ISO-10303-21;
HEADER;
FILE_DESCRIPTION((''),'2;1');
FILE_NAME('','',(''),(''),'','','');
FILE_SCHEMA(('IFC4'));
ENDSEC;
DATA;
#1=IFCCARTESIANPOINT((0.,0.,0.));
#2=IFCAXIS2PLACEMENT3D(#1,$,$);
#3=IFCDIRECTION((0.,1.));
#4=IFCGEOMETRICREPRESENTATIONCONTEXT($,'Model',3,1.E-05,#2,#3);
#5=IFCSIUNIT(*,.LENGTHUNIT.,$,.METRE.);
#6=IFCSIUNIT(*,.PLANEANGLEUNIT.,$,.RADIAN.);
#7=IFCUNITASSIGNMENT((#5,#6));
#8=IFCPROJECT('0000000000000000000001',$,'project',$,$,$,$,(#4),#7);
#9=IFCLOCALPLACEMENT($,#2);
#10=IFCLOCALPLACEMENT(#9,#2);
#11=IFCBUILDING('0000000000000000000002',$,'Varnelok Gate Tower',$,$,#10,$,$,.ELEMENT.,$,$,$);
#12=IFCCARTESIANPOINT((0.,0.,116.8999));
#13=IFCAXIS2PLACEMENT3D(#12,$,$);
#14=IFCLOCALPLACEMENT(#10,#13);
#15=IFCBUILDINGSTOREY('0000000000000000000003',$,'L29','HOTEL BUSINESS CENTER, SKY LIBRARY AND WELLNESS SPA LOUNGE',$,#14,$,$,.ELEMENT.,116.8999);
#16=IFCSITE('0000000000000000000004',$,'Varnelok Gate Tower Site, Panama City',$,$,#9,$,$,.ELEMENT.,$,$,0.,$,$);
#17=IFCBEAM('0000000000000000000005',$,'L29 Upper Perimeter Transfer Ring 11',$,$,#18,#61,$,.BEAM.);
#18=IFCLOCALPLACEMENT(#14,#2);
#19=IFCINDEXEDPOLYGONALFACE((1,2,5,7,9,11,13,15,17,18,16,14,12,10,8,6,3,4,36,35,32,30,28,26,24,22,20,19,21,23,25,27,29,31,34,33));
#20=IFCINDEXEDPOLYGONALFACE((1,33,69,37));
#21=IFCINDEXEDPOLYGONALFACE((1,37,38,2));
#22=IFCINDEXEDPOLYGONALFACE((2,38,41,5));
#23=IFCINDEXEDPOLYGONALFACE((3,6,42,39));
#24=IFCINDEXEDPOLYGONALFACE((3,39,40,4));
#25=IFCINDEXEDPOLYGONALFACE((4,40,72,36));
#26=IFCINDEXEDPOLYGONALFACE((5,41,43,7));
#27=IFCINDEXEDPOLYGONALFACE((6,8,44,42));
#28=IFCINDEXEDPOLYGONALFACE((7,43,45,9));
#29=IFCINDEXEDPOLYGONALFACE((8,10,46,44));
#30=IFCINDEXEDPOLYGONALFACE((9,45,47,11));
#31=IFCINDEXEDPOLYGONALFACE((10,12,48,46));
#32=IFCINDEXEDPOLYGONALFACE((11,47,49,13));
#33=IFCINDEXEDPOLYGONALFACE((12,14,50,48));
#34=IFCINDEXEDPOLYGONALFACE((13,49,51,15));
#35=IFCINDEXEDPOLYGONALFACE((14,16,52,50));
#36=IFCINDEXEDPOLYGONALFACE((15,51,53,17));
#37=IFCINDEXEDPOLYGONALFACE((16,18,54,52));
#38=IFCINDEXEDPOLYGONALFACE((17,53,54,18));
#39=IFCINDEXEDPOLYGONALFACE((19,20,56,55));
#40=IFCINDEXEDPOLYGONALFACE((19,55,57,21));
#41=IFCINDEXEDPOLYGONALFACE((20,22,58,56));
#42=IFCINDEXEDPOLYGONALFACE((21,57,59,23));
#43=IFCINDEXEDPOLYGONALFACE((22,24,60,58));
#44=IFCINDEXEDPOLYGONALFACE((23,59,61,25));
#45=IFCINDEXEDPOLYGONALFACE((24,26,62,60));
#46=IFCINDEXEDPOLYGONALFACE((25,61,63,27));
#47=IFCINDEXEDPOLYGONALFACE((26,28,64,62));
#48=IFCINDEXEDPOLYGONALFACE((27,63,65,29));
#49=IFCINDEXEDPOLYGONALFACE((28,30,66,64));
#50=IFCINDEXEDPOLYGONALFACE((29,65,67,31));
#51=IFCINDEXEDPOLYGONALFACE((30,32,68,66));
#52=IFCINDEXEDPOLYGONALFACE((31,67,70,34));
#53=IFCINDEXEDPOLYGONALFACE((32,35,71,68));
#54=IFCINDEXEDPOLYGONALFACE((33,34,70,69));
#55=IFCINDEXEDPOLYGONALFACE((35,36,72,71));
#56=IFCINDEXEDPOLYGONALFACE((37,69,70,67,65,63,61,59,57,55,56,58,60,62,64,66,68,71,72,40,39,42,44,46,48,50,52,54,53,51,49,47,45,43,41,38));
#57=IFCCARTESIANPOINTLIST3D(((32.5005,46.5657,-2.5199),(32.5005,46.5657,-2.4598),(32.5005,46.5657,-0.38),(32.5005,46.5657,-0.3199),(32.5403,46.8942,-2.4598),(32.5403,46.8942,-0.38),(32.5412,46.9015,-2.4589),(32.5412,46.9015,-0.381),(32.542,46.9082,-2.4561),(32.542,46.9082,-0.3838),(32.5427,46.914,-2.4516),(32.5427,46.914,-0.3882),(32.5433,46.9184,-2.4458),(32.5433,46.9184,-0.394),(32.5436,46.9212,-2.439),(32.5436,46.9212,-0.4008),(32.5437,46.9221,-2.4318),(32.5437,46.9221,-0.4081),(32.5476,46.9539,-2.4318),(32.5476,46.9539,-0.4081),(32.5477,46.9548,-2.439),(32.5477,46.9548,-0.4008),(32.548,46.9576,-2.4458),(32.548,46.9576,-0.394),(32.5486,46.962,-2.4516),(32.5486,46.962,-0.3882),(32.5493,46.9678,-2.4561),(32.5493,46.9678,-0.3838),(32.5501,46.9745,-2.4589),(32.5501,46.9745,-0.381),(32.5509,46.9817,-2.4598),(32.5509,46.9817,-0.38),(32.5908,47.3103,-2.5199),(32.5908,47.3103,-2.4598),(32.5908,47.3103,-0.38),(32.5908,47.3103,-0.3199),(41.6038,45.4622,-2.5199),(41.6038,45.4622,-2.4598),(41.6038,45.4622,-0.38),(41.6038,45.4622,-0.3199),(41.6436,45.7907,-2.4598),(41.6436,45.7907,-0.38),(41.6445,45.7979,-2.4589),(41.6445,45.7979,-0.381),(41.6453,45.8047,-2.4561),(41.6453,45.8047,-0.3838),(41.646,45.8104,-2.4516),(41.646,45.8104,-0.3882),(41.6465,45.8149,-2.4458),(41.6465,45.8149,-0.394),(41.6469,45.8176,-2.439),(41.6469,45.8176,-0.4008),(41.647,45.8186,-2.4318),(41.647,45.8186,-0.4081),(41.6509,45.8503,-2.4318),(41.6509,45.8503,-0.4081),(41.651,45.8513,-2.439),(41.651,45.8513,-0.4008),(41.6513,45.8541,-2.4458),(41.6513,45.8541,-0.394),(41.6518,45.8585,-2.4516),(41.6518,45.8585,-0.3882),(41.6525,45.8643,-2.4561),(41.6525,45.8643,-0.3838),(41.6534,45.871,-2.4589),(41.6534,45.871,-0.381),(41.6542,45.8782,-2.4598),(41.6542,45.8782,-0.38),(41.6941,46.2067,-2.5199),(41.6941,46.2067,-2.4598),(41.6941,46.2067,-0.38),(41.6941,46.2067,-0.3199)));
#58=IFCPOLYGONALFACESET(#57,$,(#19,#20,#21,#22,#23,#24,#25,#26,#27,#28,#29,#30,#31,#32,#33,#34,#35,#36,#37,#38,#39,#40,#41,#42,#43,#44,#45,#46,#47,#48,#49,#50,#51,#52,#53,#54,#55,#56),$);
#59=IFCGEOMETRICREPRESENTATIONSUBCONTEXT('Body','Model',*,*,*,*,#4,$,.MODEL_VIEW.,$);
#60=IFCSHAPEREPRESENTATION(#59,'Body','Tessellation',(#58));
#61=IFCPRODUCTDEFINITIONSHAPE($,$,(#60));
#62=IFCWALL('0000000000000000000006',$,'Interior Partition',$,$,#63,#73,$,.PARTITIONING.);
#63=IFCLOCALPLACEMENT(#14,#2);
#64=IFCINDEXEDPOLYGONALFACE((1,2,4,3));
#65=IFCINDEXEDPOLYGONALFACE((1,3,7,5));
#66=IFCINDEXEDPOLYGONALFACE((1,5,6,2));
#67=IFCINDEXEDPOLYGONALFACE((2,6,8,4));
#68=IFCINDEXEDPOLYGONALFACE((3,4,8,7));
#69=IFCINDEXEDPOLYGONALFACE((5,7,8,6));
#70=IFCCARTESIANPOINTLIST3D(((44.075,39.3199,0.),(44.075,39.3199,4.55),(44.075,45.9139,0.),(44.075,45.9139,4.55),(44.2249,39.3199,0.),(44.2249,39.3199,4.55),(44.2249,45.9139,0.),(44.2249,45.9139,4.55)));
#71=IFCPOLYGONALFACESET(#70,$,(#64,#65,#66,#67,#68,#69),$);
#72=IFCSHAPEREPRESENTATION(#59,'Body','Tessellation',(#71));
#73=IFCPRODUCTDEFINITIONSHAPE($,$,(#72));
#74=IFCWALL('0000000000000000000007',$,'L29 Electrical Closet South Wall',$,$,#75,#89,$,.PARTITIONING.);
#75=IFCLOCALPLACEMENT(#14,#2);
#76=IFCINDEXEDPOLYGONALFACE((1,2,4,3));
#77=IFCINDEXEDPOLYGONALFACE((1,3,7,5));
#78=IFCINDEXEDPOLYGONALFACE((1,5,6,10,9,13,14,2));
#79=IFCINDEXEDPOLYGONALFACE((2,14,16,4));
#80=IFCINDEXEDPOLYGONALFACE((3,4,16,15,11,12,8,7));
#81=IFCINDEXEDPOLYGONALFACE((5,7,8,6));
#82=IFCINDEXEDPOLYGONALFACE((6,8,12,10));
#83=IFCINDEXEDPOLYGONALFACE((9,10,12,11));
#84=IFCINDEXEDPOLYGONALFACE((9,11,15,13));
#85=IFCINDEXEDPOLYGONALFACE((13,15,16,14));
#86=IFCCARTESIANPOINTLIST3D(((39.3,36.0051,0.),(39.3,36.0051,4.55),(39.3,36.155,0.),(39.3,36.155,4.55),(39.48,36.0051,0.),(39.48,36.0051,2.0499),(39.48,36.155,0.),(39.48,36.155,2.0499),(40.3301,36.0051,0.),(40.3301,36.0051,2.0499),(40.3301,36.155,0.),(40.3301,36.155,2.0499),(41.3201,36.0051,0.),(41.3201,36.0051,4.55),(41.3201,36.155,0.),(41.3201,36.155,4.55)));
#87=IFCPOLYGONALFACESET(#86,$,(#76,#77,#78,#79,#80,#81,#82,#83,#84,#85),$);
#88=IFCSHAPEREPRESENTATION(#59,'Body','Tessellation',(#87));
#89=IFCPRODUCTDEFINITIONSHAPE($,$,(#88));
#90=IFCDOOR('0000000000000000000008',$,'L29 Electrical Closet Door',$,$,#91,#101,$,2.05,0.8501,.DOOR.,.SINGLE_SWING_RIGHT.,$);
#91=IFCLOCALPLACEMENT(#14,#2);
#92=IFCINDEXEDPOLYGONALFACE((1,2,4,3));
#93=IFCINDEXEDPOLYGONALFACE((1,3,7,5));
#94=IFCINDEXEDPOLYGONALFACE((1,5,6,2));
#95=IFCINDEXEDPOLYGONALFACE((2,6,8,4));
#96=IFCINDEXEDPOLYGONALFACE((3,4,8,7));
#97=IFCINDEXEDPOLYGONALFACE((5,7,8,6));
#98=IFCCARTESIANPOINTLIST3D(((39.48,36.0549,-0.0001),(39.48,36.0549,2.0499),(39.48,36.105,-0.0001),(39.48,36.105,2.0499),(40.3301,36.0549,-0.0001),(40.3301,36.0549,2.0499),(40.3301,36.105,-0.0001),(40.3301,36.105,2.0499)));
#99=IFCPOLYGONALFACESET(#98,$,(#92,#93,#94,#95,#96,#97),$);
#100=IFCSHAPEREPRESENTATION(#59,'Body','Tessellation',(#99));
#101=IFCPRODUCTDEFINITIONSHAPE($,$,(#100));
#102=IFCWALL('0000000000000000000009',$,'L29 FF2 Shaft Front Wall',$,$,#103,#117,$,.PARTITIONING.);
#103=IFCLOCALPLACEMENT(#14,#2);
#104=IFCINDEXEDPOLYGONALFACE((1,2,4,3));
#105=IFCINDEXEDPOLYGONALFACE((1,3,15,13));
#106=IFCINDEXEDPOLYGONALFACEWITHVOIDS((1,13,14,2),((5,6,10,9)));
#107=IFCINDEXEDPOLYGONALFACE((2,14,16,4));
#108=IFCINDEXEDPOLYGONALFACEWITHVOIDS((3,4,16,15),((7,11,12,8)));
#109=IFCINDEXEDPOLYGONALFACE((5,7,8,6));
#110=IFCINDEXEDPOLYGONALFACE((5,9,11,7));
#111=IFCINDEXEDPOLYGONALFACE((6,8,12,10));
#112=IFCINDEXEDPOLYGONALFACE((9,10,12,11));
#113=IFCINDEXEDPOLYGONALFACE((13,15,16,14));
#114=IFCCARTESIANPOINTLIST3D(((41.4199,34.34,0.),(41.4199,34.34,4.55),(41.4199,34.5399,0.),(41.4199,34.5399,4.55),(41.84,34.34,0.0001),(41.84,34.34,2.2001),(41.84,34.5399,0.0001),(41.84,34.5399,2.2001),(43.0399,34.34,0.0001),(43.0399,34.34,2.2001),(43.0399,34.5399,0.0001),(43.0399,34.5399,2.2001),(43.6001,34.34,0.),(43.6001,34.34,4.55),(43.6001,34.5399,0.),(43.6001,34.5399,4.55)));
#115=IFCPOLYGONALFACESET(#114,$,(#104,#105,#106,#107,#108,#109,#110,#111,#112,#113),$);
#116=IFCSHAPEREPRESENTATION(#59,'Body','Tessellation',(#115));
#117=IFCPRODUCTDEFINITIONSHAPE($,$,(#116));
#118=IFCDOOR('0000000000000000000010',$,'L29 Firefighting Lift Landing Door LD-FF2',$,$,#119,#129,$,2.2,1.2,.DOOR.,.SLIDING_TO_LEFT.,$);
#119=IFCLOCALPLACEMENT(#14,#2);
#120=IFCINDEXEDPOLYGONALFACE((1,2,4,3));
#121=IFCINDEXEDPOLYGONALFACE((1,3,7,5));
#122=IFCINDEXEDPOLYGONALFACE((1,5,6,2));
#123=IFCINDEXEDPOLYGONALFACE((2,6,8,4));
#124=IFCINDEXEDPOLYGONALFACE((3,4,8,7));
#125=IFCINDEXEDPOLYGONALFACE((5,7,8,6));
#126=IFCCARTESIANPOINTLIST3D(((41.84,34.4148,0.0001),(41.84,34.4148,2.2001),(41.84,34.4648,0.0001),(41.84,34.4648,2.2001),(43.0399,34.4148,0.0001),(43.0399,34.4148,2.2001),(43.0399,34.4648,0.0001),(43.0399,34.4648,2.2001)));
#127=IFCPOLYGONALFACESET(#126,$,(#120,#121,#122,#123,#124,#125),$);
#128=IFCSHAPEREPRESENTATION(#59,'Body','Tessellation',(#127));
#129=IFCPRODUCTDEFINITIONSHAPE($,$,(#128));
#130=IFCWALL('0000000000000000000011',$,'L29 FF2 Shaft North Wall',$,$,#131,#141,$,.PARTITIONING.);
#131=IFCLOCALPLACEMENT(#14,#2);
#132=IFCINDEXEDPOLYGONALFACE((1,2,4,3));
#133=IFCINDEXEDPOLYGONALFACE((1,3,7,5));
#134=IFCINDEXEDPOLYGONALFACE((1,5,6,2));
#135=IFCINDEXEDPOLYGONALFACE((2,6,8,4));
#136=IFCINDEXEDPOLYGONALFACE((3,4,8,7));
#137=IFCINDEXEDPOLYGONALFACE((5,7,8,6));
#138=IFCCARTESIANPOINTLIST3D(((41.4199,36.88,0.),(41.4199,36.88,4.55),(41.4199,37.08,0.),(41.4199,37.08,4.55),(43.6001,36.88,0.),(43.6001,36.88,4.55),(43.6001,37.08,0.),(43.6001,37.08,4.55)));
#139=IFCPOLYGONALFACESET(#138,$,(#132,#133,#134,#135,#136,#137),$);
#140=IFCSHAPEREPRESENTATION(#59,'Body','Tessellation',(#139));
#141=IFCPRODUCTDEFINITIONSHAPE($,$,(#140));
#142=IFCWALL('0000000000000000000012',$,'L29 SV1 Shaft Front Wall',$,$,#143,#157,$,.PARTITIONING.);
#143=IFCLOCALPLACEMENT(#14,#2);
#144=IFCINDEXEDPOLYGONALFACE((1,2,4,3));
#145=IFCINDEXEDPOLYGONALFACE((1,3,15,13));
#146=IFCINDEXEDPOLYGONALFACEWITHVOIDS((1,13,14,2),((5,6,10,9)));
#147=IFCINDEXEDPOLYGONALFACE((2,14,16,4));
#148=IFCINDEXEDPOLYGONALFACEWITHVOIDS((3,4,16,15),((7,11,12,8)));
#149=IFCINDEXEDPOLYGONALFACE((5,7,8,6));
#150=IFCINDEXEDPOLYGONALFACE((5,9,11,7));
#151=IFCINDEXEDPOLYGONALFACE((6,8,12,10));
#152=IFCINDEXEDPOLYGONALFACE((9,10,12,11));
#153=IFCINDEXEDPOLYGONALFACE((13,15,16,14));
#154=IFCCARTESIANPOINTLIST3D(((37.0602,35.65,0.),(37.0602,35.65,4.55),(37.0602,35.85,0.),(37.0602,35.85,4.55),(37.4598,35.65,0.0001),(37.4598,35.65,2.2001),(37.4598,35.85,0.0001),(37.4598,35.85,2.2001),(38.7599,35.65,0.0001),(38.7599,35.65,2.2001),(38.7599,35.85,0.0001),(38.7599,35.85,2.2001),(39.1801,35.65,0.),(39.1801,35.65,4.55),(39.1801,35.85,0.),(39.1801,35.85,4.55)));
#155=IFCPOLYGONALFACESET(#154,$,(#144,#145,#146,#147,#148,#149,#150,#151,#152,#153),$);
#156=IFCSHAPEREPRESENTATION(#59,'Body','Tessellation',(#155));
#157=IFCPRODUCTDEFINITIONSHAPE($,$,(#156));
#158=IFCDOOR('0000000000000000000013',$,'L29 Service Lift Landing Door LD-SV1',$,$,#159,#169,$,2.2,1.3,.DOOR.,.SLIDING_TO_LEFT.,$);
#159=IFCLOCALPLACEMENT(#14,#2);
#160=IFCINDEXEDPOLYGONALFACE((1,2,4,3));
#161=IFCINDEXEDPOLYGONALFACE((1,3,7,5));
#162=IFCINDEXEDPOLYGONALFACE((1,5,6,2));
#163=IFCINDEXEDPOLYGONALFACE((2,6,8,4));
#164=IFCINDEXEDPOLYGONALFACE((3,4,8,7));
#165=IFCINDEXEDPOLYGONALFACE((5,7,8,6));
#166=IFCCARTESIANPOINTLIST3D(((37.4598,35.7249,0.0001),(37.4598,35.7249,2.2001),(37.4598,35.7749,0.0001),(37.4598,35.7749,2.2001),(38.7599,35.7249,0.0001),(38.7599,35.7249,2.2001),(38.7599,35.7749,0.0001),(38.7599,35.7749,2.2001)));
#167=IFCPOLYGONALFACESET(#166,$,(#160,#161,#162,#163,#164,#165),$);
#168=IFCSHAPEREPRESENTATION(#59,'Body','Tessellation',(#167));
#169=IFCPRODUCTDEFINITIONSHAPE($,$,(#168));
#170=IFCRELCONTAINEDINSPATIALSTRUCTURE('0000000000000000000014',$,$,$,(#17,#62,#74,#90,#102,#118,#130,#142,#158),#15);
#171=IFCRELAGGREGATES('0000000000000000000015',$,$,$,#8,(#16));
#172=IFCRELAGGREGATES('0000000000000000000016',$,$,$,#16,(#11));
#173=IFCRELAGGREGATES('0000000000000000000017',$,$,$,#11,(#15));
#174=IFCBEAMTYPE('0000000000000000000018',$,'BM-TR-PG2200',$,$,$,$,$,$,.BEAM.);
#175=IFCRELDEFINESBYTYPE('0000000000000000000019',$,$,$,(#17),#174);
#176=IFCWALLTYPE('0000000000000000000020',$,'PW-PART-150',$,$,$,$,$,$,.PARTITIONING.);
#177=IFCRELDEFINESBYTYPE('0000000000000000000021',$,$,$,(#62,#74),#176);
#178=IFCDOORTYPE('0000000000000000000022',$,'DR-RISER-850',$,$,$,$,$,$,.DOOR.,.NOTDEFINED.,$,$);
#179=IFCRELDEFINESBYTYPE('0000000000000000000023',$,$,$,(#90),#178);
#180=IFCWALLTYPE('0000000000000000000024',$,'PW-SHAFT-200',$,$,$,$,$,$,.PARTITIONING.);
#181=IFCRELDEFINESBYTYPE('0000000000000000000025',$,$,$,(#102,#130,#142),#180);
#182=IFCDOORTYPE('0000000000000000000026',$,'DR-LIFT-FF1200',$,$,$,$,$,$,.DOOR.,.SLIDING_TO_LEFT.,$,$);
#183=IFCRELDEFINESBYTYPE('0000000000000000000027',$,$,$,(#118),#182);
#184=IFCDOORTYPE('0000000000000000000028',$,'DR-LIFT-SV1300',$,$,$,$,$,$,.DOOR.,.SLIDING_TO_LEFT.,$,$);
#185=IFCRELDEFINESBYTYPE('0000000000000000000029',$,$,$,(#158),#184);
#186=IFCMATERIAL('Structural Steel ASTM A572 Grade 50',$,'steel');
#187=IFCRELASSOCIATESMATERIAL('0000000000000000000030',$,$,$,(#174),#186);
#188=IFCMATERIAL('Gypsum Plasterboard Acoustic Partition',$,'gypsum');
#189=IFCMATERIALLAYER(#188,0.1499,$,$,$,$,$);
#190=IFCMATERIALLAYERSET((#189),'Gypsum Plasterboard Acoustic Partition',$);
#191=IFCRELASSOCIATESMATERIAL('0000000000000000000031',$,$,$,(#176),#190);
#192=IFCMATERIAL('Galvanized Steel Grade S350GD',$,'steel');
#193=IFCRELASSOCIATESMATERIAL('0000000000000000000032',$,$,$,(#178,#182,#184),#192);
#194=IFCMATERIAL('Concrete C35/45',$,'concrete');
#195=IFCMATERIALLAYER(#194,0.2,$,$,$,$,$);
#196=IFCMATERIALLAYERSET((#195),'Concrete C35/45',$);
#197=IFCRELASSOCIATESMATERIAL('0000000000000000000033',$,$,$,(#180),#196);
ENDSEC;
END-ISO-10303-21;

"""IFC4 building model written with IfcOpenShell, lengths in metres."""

from ifc_helpers import new_model, si_unit, direction, frame, frame_2d, origin, origin_2d, place, context, subcontext, project, spatial, rectangle, i_section, extrude, material, layer, layer_set, material_profile, profile_set, type_object, element, fill, save


model = new_model("IFC4")

# Units and contexts
model_context = context("Model", 3, precision=1e-05, world=origin(), true_north=direction((0.0, 1.0)))
body_context = subcontext(model_context, "Body", "Model", "MODEL_VIEW")
ifc_project = project(units=[si_unit("LENGTHUNIT", "METRE"), si_unit("PLANEANGLEUNIT", "RADIAN")], contexts=[model_context])

# Site, building, storey
site_placement = place(None, origin())
site = spatial("IfcSite", under=ifc_project, at=site_placement, Name="Varnelok Gate Tower Site, Panama City", CompositionType="ELEMENT", RefElevation=0.0)
building_placement = place(site_placement, origin())
building = spatial("IfcBuilding", under=site, at=building_placement, Name="Varnelok Gate Tower", CompositionType="ELEMENT")
storey_placement = place(building_placement, frame((0.0, 0.0, 116.8999)))
storey = spatial("IfcBuildingStorey", under=building, at=storey_placement, Name="L29", Description="HOTEL BUSINESS CENTER, SKY LIBRARY AND WELLNESS SPA LOUNGE", CompositionType="ELEMENT", Elevation=116.8999)

# Beam
ifc_material_1 = material(Name="Structural Steel ASTM A572 Grade 50", Category="steel")
ifc_material_profile_1 = material_profile(ifc_material_1, i_section(OverallWidth=0.75, OverallDepth=2.2, WebThickness=0.032, FlangeThickness=0.0601, FilletRadius=0.0281, at=origin_2d()), Name="PG2200X750")
ifc_profile_set_1 = profile_set([ifc_material_profile_1], Name="Structural Steel ASTM A572 Grade 50")
beam_type = type_object("IfcBeamType", Name="BM-TR-PG2200", PredefinedType="BEAM", material=ifc_profile_set_1)
beam_1_placement = place(storey_placement, frame((41.6489, 45.8345, -1.4199), z_axis=(-0.992733, 0.120341, 0.0), x_axis=(-0.120341, -0.992733, 0.0)))
element("IfcBeam", 1, at=beam_1_placement, inside=storey, type_object=beam_type, Name="L29 Upper Perimeter Transfer Ring 11", PredefinedType="BEAM", context=body_context, shape_type="SweptSolid", body=[
    extrude(i_section(OverallWidth=0.75, OverallDepth=2.2, WebThickness=0.032, FlangeThickness=0.0601, FilletRadius=0.0281, at=origin_2d()), origin(), (0.0, 0.0, 1.0), 9.1699),
])

# Wall
ifc_material_2 = material(Name="Gypsum Plasterboard Acoustic Partition", Category="gypsum")
ifc_layer_1 = layer(ifc_material_2, 0.1499)
ifc_layer_set_1 = layer_set([ifc_layer_1], Name="Gypsum Plasterboard Acoustic Partition")
wall_type_1 = type_object("IfcWallType", Name="PW-PART-150", PredefinedType="PARTITIONING", material=ifc_layer_set_1)
wall_1_placement = place(storey_placement, frame((44.1499, 39.3201, 0.0), z_axis=(0.0, 0.0, 1.0), x_axis=(0.0, 1.0, 0.0)))
element("IfcWall", 2, at=wall_1_placement, inside=storey, type_object=wall_type_1, Name="Interior Partition", PredefinedType="PARTITIONING", context=body_context, shape_type="SweptSolid", body=[
    extrude(rectangle(XDim=6.594, YDim=0.1499, at=frame_2d((3.2969, 0.0))), origin(), (0.0, 0.0, 1.0), 4.55),
])

# Walls, openings, doors
wall_2_placement = place(storey_placement, frame((39.3, 36.0801, 0.0), z_axis=(0.0, 0.0, 1.0), x_axis=(1.0, 0.0, 0.0)))
wall_2 = element("IfcWall", 3, at=wall_2_placement, inside=storey, type_object=wall_type_1, Name="L29 Electrical Closet South Wall", PredefinedType="PARTITIONING", context=body_context, shape_type="SweptSolid", body=[
    extrude(rectangle(XDim=2.02, YDim=0.1499, at=frame_2d((1.01, 0.0))), origin(), (0.0, 0.0, 1.0), 4.55),
])
opening_1_placement = place(wall_2_placement, frame((0.1799, 0.0, 0.0)))
opening_1 = element("IfcOpeningElement", 4, at=opening_1_placement, cuts=wall_2, PredefinedType="OPENING", context=body_context, shape_type="SweptSolid", body=[
    extrude(rectangle(XDim=0.8501, YDim=2.05, at=frame_2d((0.425, 1.0249))), frame((0.0, 0.085, 0.0), z_axis=(0.0, -1.0, 0.0), x_axis=(1.0, 0.0, 0.0)), (0.0, 0.0, 1.0), 0.1699),
])
ifc_material_3 = material(Name="Galvanized Steel Grade S350GD", Category="steel")
door_type_1 = type_object("IfcDoorType", Name="DR-RISER-850", OperationType="NOTDEFINED", PredefinedType="DOOR", material=ifc_material_3)
door_1_placement = place(opening_1_placement, origin())
door_1 = element("IfcDoor", 5, at=door_1_placement, inside=storey, type_object=door_type_1, Name="L29 Electrical Closet Door", OperationType="SINGLE_SWING_RIGHT", OverallHeight=2.05, OverallWidth=0.8501, PredefinedType="DOOR", context=body_context, shape_type="SweptSolid", body=[
    extrude(rectangle(XDim=0.8501, YDim=2.05, at=frame_2d((0.425, 1.0249))), frame((0.0, 0.0249, 0.0), z_axis=(0.0, -1.0, 0.0), x_axis=(1.0, 0.0, 0.0)), (0.0, 0.0, 1.0), 0.05),
])
fill(opening_1, door_1)
ifc_material_4 = material(Name="Concrete C35/45", Category="concrete")
ifc_layer_2 = layer(ifc_material_4, 0.2)
ifc_layer_set_2 = layer_set([ifc_layer_2], Name="Concrete C35/45")
wall_type_2 = type_object("IfcWallType", Name="PW-SHAFT-200", PredefinedType="PARTITIONING", material=ifc_layer_set_2)
wall_3_placement = place(storey_placement, frame((41.4199, 34.4399, 0.0), z_axis=(0.0, 0.0, 1.0), x_axis=(1.0, 0.0, 0.0)))
wall_3 = element("IfcWall", 6, at=wall_3_placement, inside=storey, type_object=wall_type_2, Name="L29 FF2 Shaft Front Wall", PredefinedType="PARTITIONING", context=body_context, shape_type="SweptSolid", body=[
    extrude(rectangle(XDim=2.1802, YDim=0.2, at=frame_2d((1.0901, 0.0))), origin(), (0.0, 0.0, 1.0), 4.55),
])
opening_2_placement = place(wall_3_placement, frame((0.4199, 0.0, 0.0)))
opening_2 = element("IfcOpeningElement", 7, at=opening_2_placement, cuts=wall_3, PredefinedType="OPENING", context=body_context, shape_type="SweptSolid", body=[
    extrude(rectangle(XDim=1.2, YDim=2.2, at=frame_2d((0.6001, 1.1001))), frame((0.0, 0.1099, 0.0), z_axis=(0.0, -1.0, 0.0), x_axis=(1.0, 0.0, 0.0)), (0.0, 0.0, 1.0), 0.22),
])
door_type_2 = type_object("IfcDoorType", Name="DR-LIFT-FF1200", OperationType="SLIDING_TO_LEFT", PredefinedType="DOOR", material=ifc_material_3)
door_2_placement = place(opening_2_placement, origin())
door_2 = element("IfcDoor", 8, at=door_2_placement, inside=storey, type_object=door_type_2, Name="L29 Firefighting Lift Landing Door LD-FF2", OperationType="SLIDING_TO_LEFT", OverallHeight=2.2, OverallWidth=1.2, PredefinedType="DOOR", context=body_context, shape_type="SweptSolid", body=[
    extrude(rectangle(XDim=1.2, YDim=2.2, at=frame_2d((0.6001, 1.1001))), frame((0.0, 0.0249, 0.0), z_axis=(0.0, -1.0, 0.0), x_axis=(1.0, 0.0, 0.0)), (0.0, 0.0, 1.0), 0.05),
])
fill(opening_2, door_2)

# Wall
wall_4_placement = place(storey_placement, frame((41.4199, 36.98, 0.0), z_axis=(0.0, 0.0, 1.0), x_axis=(1.0, 0.0, 0.0)))
element("IfcWall", 9, at=wall_4_placement, inside=storey, type_object=wall_type_2, Name="L29 FF2 Shaft North Wall", PredefinedType="PARTITIONING", context=body_context, shape_type="SweptSolid", body=[
    extrude(rectangle(XDim=2.1802, YDim=0.2, at=frame_2d((1.0901, 0.0))), origin(), (0.0, 0.0, 1.0), 4.55),
])

# Wall, opening, door
wall_5_placement = place(storey_placement, frame((37.0601, 35.75, 0.0), z_axis=(0.0, 0.0, 1.0), x_axis=(1.0, 0.0, 0.0)))
wall_5 = element("IfcWall", 10, at=wall_5_placement, inside=storey, type_object=wall_type_2, Name="L29 SV1 Shaft Front Wall", PredefinedType="PARTITIONING", context=body_context, shape_type="SweptSolid", body=[
    extrude(rectangle(XDim=2.1199, YDim=0.2, at=frame_2d((1.0601, 0.0))), origin(), (0.0, 0.0, 1.0), 4.55),
])
opening_3_placement = place(wall_5_placement, frame((0.3999, 0.0, 0.0)))
opening_3 = element("IfcOpeningElement", 11, at=opening_3_placement, cuts=wall_5, PredefinedType="OPENING", context=body_context, shape_type="SweptSolid", body=[
    extrude(rectangle(XDim=1.3, YDim=2.2, at=frame_2d((0.6499, 1.1001))), frame((0.0, 0.1099, 0.0), z_axis=(0.0, -1.0, 0.0), x_axis=(1.0, 0.0, 0.0)), (0.0, 0.0, 1.0), 0.22),
])
door_type_3 = type_object("IfcDoorType", Name="DR-LIFT-SV1300", OperationType="SLIDING_TO_LEFT", PredefinedType="DOOR", material=ifc_material_3)
door_3_placement = place(opening_3_placement, origin())
door_3 = element("IfcDoor", 12, at=door_3_placement, inside=storey, type_object=door_type_3, Name="L29 Service Lift Landing Door LD-SV1", OperationType="SLIDING_TO_LEFT", OverallHeight=2.2, OverallWidth=1.3, PredefinedType="DOOR", context=body_context, shape_type="SweptSolid", body=[
    extrude(rectangle(XDim=1.3, YDim=2.2, at=frame_2d((0.6499, 1.1001))), frame((0.0, 0.0249, 0.0), z_axis=(0.0, -1.0, 0.0), x_axis=(1.0, 0.0, 0.0)), (0.0, 0.0, 1.0), 0.05),
])
fill(opening_3, door_3)

save(model, "model.ifc")
